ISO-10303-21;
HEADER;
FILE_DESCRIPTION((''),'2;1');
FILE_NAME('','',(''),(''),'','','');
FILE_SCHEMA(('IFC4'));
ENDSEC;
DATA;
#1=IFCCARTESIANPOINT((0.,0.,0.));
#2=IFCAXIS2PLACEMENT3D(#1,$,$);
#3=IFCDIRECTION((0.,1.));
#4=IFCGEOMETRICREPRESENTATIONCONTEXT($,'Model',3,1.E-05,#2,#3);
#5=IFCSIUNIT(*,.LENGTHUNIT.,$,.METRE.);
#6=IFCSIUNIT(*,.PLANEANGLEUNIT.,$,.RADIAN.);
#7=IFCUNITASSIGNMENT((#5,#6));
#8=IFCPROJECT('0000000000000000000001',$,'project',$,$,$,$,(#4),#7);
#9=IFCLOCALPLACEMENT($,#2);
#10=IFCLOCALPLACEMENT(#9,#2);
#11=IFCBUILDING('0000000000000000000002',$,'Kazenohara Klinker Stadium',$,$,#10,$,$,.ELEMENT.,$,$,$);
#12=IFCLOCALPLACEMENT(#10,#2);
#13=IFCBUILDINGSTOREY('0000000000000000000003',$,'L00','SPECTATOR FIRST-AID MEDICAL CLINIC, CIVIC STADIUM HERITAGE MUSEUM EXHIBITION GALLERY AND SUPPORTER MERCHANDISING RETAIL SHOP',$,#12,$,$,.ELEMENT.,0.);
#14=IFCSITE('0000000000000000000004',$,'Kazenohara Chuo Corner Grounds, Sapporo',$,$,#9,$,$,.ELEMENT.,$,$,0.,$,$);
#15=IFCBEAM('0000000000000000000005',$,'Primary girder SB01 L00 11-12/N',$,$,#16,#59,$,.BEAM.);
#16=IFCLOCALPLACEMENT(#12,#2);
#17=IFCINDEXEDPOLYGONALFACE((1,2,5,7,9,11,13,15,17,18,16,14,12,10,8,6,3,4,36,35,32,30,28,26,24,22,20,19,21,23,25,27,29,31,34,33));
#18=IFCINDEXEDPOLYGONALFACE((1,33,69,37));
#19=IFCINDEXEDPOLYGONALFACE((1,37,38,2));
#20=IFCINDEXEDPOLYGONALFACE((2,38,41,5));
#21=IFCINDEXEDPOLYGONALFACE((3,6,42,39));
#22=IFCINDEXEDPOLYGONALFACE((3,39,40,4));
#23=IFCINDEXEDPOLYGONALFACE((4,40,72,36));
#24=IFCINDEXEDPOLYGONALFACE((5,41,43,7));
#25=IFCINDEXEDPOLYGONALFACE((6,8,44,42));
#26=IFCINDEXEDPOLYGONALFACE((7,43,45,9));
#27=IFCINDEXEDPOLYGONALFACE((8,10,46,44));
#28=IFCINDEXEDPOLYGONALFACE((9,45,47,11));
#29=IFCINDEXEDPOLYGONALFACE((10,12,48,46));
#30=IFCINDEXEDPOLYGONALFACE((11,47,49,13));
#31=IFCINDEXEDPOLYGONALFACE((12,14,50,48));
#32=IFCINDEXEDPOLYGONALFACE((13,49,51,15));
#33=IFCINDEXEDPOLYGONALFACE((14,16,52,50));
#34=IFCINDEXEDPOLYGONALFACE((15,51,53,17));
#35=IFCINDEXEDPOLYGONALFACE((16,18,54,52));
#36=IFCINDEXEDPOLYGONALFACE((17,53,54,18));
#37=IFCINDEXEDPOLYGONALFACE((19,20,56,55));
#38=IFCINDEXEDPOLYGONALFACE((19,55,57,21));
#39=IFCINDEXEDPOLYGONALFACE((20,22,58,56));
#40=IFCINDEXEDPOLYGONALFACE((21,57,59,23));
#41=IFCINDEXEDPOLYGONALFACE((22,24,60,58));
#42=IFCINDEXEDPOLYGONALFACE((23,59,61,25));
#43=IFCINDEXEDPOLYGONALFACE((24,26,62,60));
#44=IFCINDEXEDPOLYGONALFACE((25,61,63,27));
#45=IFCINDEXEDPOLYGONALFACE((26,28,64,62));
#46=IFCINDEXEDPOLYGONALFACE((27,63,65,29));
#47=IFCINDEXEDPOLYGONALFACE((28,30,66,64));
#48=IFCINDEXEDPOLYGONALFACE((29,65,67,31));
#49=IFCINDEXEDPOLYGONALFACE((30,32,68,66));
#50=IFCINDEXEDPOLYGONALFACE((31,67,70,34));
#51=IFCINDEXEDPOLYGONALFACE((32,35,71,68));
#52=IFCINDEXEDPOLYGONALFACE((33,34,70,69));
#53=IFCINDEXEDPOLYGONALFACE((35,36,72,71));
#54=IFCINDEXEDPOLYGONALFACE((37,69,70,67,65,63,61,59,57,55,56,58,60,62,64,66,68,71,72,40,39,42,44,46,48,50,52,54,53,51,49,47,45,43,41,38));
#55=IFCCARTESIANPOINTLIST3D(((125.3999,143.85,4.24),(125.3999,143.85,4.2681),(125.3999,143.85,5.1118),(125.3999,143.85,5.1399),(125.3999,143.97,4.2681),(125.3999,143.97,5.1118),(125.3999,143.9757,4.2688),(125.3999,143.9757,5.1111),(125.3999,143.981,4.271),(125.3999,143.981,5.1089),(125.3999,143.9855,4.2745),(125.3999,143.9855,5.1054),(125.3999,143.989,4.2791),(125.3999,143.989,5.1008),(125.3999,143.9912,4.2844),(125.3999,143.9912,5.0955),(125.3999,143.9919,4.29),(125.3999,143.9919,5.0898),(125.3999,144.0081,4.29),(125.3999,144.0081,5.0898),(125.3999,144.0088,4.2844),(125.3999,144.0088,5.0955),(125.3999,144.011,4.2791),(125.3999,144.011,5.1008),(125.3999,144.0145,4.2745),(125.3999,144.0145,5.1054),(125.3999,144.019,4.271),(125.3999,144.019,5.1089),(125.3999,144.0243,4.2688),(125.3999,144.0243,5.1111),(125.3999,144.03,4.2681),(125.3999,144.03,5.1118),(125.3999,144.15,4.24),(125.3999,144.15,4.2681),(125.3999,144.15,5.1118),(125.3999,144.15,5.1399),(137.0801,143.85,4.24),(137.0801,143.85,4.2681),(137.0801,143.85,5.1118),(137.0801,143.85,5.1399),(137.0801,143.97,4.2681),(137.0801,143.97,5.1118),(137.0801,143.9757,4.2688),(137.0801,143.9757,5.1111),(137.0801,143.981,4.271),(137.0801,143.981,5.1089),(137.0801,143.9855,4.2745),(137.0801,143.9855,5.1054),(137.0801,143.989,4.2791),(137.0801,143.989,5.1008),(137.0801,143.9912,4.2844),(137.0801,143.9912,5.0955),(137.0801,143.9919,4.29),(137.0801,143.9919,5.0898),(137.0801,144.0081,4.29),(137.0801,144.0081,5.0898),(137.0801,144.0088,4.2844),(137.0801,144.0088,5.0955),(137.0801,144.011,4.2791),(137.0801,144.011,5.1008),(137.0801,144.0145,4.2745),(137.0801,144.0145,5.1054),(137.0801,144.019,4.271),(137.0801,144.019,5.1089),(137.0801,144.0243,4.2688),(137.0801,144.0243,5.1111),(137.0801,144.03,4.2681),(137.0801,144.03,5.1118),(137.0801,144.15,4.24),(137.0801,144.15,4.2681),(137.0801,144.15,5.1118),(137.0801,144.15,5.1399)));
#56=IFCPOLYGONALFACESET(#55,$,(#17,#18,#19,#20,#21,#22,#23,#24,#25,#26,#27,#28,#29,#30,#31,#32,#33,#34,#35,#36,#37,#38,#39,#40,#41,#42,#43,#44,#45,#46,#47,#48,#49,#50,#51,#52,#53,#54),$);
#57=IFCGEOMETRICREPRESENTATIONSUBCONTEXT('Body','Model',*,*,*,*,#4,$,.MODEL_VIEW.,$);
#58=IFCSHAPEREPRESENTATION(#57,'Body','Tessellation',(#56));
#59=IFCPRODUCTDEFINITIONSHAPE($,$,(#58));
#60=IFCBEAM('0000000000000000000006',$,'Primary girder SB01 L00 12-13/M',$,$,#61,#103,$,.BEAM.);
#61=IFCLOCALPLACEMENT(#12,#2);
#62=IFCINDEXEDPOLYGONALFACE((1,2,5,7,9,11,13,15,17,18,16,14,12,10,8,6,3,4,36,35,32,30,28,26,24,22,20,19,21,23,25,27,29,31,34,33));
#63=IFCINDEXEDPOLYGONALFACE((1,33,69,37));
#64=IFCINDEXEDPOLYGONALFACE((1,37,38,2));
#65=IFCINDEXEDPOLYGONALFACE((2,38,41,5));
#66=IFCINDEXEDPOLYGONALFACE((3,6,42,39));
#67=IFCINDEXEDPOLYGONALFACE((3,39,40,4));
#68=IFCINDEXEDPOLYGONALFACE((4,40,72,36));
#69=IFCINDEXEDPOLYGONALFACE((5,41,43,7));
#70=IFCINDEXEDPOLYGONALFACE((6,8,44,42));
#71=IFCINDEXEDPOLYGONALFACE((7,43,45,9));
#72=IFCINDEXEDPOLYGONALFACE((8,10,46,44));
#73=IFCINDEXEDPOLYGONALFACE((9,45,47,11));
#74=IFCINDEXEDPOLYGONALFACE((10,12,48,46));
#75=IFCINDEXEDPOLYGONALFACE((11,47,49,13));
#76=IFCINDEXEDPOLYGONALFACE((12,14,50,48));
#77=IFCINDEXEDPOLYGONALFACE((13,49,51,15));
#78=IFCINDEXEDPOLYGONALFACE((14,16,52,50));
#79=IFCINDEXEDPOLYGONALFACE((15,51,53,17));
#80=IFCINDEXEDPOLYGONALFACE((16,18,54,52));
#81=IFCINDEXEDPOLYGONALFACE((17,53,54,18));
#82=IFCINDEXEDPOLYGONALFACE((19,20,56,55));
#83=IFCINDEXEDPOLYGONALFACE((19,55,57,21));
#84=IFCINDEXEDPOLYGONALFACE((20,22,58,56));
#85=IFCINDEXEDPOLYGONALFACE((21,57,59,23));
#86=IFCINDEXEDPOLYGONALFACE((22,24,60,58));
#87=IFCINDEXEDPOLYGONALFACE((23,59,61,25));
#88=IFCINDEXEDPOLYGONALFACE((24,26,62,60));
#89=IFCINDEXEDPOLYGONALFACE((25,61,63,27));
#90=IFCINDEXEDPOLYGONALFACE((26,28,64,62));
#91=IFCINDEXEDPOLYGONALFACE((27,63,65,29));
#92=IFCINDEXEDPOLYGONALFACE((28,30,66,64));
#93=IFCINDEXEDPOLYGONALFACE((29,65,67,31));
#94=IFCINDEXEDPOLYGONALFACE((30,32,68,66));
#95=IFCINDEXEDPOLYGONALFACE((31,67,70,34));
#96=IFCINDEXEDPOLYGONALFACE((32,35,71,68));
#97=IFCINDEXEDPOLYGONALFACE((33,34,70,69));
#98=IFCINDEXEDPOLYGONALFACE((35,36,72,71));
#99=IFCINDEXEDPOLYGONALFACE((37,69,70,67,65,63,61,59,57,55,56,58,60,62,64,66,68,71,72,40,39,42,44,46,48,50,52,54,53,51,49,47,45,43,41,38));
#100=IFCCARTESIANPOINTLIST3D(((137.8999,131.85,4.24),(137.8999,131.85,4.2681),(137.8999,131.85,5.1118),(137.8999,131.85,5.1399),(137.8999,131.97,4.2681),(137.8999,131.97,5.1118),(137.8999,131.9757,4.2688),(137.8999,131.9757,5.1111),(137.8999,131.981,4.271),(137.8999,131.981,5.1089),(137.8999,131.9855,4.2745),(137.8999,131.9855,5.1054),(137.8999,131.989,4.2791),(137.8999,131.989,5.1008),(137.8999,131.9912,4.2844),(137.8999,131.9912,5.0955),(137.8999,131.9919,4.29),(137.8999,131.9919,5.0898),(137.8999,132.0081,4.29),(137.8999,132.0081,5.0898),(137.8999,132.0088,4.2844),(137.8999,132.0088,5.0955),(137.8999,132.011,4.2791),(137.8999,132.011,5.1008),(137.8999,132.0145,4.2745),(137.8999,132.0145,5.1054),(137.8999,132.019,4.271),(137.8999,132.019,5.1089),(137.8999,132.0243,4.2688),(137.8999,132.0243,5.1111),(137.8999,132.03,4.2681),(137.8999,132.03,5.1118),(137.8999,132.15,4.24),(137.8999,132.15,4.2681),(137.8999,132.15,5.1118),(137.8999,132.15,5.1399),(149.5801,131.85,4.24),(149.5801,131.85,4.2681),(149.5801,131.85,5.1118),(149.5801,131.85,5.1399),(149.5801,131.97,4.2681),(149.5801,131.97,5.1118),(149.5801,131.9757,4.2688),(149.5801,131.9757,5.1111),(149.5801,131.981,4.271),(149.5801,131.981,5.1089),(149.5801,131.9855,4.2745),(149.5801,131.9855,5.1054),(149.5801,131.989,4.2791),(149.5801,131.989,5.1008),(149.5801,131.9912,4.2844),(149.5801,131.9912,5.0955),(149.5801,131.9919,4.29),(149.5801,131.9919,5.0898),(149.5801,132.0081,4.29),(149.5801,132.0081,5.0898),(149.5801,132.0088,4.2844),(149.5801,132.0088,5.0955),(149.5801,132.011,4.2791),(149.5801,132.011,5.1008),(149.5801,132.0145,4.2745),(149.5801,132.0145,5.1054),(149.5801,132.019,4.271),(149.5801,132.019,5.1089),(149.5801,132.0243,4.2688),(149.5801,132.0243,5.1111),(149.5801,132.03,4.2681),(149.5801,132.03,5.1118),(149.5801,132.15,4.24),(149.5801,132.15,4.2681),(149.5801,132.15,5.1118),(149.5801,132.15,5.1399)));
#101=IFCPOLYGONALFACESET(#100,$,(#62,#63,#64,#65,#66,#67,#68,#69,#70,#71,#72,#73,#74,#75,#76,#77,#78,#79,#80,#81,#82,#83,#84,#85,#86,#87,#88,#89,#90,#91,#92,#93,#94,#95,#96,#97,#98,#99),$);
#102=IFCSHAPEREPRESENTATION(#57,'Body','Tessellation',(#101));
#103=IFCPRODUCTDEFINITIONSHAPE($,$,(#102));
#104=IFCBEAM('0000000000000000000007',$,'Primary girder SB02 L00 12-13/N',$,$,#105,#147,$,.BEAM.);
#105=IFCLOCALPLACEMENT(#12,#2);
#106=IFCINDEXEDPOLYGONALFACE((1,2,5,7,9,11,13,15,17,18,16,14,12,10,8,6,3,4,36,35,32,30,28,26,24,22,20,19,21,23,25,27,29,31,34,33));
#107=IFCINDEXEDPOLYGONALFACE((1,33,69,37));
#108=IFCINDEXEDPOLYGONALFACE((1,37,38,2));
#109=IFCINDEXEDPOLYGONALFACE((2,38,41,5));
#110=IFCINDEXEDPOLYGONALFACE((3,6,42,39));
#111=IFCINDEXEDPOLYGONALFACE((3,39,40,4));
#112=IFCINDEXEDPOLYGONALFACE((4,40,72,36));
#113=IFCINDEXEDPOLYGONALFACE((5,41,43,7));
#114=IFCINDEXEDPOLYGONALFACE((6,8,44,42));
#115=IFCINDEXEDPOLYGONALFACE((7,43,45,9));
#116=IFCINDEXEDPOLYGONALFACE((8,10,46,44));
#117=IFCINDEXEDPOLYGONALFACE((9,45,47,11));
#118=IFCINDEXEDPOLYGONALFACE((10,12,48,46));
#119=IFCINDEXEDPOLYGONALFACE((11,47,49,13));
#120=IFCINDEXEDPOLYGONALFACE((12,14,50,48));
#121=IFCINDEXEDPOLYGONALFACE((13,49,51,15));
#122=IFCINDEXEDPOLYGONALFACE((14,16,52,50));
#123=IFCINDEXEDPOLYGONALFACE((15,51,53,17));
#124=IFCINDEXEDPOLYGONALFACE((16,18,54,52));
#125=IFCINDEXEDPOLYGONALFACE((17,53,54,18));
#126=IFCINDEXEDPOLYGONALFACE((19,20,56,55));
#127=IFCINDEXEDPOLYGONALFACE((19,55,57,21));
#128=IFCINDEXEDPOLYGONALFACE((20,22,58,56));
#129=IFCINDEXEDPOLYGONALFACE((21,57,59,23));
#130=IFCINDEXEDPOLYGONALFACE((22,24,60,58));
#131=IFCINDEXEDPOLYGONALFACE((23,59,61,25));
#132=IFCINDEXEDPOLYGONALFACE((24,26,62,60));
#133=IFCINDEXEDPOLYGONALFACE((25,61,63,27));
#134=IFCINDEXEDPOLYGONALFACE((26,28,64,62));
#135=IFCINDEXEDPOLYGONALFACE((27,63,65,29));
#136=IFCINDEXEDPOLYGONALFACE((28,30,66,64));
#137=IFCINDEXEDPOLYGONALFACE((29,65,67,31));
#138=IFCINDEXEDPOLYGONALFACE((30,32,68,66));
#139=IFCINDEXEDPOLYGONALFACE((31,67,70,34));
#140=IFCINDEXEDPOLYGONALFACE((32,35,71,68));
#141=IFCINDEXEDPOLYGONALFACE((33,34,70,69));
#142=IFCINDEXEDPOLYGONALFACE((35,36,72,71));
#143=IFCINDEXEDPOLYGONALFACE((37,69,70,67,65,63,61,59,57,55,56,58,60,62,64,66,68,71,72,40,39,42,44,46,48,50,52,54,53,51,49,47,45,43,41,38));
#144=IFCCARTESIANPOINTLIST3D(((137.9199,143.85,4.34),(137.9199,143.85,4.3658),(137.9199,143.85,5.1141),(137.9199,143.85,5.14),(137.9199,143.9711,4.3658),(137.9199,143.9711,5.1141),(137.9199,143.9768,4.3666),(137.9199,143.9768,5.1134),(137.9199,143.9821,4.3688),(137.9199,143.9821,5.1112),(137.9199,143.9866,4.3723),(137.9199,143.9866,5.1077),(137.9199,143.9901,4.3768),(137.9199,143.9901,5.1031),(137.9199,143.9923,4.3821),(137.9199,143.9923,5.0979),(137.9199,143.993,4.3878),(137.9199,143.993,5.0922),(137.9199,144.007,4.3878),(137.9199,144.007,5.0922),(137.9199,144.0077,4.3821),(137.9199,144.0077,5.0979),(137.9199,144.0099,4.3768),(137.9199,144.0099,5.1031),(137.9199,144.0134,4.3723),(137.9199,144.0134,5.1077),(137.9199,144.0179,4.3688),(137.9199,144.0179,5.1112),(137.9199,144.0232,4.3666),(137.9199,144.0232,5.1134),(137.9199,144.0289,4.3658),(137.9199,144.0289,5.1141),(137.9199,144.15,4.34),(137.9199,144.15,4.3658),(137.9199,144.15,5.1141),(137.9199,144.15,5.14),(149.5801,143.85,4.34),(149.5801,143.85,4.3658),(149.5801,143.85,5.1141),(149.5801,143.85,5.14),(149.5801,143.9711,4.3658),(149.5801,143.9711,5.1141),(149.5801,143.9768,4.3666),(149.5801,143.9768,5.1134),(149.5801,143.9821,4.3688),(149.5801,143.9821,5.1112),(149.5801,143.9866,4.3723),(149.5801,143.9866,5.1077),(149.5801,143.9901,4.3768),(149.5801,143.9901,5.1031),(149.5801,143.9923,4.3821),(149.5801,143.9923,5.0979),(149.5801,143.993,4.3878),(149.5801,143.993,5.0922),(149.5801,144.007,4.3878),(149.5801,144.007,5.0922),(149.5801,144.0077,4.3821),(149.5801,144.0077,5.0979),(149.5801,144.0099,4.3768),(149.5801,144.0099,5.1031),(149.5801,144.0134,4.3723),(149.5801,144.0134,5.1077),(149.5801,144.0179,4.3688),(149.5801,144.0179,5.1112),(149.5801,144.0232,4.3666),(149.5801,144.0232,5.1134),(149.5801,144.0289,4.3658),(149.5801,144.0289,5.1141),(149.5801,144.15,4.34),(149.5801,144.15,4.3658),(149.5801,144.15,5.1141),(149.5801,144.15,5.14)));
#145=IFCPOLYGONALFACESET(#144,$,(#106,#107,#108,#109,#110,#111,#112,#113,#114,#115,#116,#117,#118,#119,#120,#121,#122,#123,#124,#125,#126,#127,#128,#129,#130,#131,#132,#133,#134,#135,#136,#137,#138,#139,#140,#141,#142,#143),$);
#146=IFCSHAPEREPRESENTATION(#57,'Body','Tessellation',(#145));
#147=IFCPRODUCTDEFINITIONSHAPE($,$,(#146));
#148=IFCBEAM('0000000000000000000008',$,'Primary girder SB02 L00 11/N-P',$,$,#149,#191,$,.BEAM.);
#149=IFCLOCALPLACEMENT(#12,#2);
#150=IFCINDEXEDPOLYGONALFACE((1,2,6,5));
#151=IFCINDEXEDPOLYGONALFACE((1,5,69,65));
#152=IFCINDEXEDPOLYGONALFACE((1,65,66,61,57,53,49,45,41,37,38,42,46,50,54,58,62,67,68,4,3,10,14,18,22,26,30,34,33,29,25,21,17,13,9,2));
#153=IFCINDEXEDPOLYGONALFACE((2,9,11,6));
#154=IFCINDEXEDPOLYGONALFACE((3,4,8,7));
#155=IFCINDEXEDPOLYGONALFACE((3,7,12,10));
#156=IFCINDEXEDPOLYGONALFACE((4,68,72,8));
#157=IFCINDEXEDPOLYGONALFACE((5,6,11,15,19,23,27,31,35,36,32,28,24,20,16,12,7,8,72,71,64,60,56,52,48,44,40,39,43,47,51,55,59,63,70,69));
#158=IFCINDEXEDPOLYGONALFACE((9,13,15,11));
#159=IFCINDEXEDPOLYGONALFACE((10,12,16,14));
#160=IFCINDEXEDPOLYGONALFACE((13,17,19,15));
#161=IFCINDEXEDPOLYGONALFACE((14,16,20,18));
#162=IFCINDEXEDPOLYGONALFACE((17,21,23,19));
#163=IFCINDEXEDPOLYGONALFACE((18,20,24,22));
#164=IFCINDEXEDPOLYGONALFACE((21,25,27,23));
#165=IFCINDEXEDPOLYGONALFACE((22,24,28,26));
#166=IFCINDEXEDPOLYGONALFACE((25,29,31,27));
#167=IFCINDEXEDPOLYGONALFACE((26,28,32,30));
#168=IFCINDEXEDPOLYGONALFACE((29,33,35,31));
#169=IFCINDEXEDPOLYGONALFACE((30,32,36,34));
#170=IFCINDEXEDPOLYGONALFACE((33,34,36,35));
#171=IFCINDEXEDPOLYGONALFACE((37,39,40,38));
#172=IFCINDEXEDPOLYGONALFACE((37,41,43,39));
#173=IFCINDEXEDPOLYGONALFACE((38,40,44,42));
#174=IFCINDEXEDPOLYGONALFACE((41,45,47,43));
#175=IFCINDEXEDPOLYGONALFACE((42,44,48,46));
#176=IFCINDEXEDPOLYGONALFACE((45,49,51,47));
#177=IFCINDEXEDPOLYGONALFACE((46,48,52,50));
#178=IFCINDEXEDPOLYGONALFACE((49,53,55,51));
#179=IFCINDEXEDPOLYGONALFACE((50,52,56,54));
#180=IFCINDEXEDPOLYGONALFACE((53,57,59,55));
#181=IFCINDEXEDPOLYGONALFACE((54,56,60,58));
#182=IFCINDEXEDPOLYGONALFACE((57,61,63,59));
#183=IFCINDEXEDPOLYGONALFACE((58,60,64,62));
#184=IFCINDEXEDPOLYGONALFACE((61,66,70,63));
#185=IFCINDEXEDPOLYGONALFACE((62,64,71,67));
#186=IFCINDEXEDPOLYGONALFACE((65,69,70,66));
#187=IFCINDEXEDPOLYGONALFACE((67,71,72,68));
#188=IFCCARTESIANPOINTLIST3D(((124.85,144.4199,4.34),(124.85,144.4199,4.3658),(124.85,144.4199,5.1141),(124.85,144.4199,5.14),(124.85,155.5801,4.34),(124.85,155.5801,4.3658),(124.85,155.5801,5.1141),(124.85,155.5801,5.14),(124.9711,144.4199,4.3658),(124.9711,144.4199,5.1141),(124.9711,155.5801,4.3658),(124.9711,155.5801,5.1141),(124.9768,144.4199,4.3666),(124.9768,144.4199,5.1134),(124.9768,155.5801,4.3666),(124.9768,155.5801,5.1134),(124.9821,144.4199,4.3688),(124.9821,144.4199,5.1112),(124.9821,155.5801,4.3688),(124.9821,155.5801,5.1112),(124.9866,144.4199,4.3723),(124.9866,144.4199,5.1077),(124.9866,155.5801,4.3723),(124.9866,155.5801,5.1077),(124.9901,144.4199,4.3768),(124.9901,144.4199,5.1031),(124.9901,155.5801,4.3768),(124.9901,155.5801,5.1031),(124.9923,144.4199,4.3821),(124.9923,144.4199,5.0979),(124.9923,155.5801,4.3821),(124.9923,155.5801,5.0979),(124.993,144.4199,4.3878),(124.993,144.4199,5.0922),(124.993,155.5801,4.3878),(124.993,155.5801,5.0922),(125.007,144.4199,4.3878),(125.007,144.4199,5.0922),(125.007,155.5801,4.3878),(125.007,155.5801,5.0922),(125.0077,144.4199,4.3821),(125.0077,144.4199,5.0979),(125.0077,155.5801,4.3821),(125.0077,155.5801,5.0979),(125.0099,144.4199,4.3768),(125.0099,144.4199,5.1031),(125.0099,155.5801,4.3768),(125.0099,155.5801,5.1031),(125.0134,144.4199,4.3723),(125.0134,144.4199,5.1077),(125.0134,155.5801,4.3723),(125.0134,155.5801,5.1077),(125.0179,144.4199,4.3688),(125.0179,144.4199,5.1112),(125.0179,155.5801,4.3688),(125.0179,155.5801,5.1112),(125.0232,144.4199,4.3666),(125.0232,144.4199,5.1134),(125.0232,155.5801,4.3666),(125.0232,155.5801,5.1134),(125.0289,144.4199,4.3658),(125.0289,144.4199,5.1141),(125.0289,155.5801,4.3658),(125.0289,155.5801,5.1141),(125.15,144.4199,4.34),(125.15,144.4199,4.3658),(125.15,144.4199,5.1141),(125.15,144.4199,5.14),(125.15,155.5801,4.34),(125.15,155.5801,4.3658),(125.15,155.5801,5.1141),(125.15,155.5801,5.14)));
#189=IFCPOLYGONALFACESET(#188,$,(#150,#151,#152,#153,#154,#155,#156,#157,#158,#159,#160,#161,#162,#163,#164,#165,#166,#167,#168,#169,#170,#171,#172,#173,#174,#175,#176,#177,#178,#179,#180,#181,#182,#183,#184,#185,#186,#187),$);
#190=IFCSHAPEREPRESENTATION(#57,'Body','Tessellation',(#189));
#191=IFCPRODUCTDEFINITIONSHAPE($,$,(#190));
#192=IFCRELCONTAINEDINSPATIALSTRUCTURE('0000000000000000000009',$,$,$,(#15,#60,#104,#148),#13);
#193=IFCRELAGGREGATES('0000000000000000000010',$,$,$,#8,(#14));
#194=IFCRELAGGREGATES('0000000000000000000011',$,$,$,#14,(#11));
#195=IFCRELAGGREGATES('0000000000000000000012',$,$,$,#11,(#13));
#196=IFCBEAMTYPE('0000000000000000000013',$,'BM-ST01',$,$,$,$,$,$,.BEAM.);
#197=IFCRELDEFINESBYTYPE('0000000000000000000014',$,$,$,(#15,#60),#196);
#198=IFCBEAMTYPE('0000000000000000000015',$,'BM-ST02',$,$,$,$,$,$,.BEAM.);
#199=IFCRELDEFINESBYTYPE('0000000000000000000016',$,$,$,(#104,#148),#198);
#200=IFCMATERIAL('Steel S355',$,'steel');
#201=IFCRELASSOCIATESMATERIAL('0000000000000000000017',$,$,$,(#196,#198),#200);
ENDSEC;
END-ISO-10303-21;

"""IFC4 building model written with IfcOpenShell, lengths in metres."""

from ifc_helpers import new_model, si_unit, direction, frame, origin, origin_2d, place, context, subcontext, project, spatial, i_section, extrude, material, material_profile, profile_set, type_object, element, save


model = new_model("IFC4")

# Units and contexts
model_context = context("Model", 3, precision=1e-05, world=origin(), true_north=direction((0.0, 1.0)))
body_context = subcontext(model_context, "Body", "Model", "MODEL_VIEW")
ifc_project = project(units=[si_unit("LENGTHUNIT", "METRE"), si_unit("PLANEANGLEUNIT", "RADIAN")], contexts=[model_context])

# Site, building, storey
site_placement = place(None, origin())
site = spatial("IfcSite", under=ifc_project, at=site_placement, Name="Kazenohara Chuo Corner Grounds, Sapporo", CompositionType="ELEMENT", RefElevation=0.0)
building_placement = place(site_placement, origin())
building = spatial("IfcBuilding", under=site, at=building_placement, Name="Kazenohara Klinker Stadium", CompositionType="ELEMENT")
storey_placement = place(building_placement, origin())
storey = spatial("IfcBuildingStorey", under=building, at=storey_placement, Name="L00", Description="SPECTATOR FIRST-AID MEDICAL CLINIC, CIVIC STADIUM HERITAGE MUSEUM EXHIBITION GALLERY AND SUPPORTER MERCHANDISING RETAIL SHOP", CompositionType="ELEMENT", Elevation=0.0)

# Beams
ifc_material_1 = material(Name="Steel S355", Category="steel")
ifc_material_profile_1 = material_profile(ifc_material_1, i_section(OverallWidth=0.3, OverallDepth=0.8999, WebThickness=0.0161, FlangeThickness=0.0281, FilletRadius=0.022, at=origin_2d()), Name="H-900x300x16x28")
ifc_profile_set_1 = profile_set([ifc_material_profile_1], Name="Steel S355")
beam_type_1 = type_object("IfcBeamType", Name="BM-ST01", PredefinedType="BEAM", material=ifc_profile_set_1)
for number, where, z_axis, x_axis, name in (
    (1, (125.3999, 144.0, 4.6899), (1.0, 0.0, 0.0), (0.0, 1.0, 0.0), "Primary girder SB01 L00 11-12/N"),
    (2, (137.8999, 132.0, 4.6899), (1.0, 0.0, 0.0), (0.0, 1.0, 0.0), "Primary girder SB01 L00 12-13/M"),
):
    element("IfcBeam", number, at=place(storey_placement, frame(where, z_axis=z_axis, x_axis=x_axis)), inside=storey, type_object=beam_type_1, Name=name, PredefinedType="BEAM", context=body_context, shape_type="SweptSolid", body=[
        extrude(i_section(OverallWidth=0.3, OverallDepth=0.8999, WebThickness=0.0161, FlangeThickness=0.0281, FilletRadius=0.022, at=origin_2d()), origin(), (0.0, 0.0, 1.0), 11.6802),
    ])
ifc_material_profile_2 = material_profile(ifc_material_1, i_section(OverallWidth=0.3, OverallDepth=0.8, WebThickness=0.0139, FlangeThickness=0.0259, FilletRadius=0.022, at=origin_2d()), Name="H-800x300x14x26")
ifc_profile_set_2 = profile_set([ifc_material_profile_2], Name="Steel S355")
beam_type_2 = type_object("IfcBeamType", Name="BM-ST02", PredefinedType="BEAM", material=ifc_profile_set_2)
beam_1_placement = place(storey_placement, frame((137.9199, 144.0, 4.74), z_axis=(1.0, 0.0, 0.0), x_axis=(0.0, 1.0, 0.0)))
element("IfcBeam", 3, at=beam_1_placement, inside=storey, type_object=beam_type_2, Name="Primary girder SB02 L00 12-13/N", PredefinedType="BEAM", context=body_context, shape_type="SweptSolid", body=[
    extrude(i_section(OverallWidth=0.3, OverallDepth=0.8, WebThickness=0.0139, FlangeThickness=0.0259, FilletRadius=0.022, at=origin_2d()), origin(), (0.0, 0.0, 1.0), 11.6602),
])
for number, where, z_axis, x_axis, name in (
    (4, (125.0, 144.4199, 4.74), (0.0, 1.0, 0.0), (-1.0, 0.0, 0.0), "Primary girder SB02 L00 11/N-P"),
):
    element("IfcBeam", number, at=place(storey_placement, frame(where, z_axis=z_axis, x_axis=x_axis)), inside=storey, type_object=beam_type_2, Name=name, PredefinedType="BEAM", context=body_context, shape_type="SweptSolid", body=[
        extrude(i_section(OverallWidth=0.3, OverallDepth=0.8, WebThickness=0.0139, FlangeThickness=0.0259, FilletRadius=0.022, at=origin_2d()), origin(), (0.0, 0.0, 1.0), 11.1602),
    ])

save(model, "model.ifc")
